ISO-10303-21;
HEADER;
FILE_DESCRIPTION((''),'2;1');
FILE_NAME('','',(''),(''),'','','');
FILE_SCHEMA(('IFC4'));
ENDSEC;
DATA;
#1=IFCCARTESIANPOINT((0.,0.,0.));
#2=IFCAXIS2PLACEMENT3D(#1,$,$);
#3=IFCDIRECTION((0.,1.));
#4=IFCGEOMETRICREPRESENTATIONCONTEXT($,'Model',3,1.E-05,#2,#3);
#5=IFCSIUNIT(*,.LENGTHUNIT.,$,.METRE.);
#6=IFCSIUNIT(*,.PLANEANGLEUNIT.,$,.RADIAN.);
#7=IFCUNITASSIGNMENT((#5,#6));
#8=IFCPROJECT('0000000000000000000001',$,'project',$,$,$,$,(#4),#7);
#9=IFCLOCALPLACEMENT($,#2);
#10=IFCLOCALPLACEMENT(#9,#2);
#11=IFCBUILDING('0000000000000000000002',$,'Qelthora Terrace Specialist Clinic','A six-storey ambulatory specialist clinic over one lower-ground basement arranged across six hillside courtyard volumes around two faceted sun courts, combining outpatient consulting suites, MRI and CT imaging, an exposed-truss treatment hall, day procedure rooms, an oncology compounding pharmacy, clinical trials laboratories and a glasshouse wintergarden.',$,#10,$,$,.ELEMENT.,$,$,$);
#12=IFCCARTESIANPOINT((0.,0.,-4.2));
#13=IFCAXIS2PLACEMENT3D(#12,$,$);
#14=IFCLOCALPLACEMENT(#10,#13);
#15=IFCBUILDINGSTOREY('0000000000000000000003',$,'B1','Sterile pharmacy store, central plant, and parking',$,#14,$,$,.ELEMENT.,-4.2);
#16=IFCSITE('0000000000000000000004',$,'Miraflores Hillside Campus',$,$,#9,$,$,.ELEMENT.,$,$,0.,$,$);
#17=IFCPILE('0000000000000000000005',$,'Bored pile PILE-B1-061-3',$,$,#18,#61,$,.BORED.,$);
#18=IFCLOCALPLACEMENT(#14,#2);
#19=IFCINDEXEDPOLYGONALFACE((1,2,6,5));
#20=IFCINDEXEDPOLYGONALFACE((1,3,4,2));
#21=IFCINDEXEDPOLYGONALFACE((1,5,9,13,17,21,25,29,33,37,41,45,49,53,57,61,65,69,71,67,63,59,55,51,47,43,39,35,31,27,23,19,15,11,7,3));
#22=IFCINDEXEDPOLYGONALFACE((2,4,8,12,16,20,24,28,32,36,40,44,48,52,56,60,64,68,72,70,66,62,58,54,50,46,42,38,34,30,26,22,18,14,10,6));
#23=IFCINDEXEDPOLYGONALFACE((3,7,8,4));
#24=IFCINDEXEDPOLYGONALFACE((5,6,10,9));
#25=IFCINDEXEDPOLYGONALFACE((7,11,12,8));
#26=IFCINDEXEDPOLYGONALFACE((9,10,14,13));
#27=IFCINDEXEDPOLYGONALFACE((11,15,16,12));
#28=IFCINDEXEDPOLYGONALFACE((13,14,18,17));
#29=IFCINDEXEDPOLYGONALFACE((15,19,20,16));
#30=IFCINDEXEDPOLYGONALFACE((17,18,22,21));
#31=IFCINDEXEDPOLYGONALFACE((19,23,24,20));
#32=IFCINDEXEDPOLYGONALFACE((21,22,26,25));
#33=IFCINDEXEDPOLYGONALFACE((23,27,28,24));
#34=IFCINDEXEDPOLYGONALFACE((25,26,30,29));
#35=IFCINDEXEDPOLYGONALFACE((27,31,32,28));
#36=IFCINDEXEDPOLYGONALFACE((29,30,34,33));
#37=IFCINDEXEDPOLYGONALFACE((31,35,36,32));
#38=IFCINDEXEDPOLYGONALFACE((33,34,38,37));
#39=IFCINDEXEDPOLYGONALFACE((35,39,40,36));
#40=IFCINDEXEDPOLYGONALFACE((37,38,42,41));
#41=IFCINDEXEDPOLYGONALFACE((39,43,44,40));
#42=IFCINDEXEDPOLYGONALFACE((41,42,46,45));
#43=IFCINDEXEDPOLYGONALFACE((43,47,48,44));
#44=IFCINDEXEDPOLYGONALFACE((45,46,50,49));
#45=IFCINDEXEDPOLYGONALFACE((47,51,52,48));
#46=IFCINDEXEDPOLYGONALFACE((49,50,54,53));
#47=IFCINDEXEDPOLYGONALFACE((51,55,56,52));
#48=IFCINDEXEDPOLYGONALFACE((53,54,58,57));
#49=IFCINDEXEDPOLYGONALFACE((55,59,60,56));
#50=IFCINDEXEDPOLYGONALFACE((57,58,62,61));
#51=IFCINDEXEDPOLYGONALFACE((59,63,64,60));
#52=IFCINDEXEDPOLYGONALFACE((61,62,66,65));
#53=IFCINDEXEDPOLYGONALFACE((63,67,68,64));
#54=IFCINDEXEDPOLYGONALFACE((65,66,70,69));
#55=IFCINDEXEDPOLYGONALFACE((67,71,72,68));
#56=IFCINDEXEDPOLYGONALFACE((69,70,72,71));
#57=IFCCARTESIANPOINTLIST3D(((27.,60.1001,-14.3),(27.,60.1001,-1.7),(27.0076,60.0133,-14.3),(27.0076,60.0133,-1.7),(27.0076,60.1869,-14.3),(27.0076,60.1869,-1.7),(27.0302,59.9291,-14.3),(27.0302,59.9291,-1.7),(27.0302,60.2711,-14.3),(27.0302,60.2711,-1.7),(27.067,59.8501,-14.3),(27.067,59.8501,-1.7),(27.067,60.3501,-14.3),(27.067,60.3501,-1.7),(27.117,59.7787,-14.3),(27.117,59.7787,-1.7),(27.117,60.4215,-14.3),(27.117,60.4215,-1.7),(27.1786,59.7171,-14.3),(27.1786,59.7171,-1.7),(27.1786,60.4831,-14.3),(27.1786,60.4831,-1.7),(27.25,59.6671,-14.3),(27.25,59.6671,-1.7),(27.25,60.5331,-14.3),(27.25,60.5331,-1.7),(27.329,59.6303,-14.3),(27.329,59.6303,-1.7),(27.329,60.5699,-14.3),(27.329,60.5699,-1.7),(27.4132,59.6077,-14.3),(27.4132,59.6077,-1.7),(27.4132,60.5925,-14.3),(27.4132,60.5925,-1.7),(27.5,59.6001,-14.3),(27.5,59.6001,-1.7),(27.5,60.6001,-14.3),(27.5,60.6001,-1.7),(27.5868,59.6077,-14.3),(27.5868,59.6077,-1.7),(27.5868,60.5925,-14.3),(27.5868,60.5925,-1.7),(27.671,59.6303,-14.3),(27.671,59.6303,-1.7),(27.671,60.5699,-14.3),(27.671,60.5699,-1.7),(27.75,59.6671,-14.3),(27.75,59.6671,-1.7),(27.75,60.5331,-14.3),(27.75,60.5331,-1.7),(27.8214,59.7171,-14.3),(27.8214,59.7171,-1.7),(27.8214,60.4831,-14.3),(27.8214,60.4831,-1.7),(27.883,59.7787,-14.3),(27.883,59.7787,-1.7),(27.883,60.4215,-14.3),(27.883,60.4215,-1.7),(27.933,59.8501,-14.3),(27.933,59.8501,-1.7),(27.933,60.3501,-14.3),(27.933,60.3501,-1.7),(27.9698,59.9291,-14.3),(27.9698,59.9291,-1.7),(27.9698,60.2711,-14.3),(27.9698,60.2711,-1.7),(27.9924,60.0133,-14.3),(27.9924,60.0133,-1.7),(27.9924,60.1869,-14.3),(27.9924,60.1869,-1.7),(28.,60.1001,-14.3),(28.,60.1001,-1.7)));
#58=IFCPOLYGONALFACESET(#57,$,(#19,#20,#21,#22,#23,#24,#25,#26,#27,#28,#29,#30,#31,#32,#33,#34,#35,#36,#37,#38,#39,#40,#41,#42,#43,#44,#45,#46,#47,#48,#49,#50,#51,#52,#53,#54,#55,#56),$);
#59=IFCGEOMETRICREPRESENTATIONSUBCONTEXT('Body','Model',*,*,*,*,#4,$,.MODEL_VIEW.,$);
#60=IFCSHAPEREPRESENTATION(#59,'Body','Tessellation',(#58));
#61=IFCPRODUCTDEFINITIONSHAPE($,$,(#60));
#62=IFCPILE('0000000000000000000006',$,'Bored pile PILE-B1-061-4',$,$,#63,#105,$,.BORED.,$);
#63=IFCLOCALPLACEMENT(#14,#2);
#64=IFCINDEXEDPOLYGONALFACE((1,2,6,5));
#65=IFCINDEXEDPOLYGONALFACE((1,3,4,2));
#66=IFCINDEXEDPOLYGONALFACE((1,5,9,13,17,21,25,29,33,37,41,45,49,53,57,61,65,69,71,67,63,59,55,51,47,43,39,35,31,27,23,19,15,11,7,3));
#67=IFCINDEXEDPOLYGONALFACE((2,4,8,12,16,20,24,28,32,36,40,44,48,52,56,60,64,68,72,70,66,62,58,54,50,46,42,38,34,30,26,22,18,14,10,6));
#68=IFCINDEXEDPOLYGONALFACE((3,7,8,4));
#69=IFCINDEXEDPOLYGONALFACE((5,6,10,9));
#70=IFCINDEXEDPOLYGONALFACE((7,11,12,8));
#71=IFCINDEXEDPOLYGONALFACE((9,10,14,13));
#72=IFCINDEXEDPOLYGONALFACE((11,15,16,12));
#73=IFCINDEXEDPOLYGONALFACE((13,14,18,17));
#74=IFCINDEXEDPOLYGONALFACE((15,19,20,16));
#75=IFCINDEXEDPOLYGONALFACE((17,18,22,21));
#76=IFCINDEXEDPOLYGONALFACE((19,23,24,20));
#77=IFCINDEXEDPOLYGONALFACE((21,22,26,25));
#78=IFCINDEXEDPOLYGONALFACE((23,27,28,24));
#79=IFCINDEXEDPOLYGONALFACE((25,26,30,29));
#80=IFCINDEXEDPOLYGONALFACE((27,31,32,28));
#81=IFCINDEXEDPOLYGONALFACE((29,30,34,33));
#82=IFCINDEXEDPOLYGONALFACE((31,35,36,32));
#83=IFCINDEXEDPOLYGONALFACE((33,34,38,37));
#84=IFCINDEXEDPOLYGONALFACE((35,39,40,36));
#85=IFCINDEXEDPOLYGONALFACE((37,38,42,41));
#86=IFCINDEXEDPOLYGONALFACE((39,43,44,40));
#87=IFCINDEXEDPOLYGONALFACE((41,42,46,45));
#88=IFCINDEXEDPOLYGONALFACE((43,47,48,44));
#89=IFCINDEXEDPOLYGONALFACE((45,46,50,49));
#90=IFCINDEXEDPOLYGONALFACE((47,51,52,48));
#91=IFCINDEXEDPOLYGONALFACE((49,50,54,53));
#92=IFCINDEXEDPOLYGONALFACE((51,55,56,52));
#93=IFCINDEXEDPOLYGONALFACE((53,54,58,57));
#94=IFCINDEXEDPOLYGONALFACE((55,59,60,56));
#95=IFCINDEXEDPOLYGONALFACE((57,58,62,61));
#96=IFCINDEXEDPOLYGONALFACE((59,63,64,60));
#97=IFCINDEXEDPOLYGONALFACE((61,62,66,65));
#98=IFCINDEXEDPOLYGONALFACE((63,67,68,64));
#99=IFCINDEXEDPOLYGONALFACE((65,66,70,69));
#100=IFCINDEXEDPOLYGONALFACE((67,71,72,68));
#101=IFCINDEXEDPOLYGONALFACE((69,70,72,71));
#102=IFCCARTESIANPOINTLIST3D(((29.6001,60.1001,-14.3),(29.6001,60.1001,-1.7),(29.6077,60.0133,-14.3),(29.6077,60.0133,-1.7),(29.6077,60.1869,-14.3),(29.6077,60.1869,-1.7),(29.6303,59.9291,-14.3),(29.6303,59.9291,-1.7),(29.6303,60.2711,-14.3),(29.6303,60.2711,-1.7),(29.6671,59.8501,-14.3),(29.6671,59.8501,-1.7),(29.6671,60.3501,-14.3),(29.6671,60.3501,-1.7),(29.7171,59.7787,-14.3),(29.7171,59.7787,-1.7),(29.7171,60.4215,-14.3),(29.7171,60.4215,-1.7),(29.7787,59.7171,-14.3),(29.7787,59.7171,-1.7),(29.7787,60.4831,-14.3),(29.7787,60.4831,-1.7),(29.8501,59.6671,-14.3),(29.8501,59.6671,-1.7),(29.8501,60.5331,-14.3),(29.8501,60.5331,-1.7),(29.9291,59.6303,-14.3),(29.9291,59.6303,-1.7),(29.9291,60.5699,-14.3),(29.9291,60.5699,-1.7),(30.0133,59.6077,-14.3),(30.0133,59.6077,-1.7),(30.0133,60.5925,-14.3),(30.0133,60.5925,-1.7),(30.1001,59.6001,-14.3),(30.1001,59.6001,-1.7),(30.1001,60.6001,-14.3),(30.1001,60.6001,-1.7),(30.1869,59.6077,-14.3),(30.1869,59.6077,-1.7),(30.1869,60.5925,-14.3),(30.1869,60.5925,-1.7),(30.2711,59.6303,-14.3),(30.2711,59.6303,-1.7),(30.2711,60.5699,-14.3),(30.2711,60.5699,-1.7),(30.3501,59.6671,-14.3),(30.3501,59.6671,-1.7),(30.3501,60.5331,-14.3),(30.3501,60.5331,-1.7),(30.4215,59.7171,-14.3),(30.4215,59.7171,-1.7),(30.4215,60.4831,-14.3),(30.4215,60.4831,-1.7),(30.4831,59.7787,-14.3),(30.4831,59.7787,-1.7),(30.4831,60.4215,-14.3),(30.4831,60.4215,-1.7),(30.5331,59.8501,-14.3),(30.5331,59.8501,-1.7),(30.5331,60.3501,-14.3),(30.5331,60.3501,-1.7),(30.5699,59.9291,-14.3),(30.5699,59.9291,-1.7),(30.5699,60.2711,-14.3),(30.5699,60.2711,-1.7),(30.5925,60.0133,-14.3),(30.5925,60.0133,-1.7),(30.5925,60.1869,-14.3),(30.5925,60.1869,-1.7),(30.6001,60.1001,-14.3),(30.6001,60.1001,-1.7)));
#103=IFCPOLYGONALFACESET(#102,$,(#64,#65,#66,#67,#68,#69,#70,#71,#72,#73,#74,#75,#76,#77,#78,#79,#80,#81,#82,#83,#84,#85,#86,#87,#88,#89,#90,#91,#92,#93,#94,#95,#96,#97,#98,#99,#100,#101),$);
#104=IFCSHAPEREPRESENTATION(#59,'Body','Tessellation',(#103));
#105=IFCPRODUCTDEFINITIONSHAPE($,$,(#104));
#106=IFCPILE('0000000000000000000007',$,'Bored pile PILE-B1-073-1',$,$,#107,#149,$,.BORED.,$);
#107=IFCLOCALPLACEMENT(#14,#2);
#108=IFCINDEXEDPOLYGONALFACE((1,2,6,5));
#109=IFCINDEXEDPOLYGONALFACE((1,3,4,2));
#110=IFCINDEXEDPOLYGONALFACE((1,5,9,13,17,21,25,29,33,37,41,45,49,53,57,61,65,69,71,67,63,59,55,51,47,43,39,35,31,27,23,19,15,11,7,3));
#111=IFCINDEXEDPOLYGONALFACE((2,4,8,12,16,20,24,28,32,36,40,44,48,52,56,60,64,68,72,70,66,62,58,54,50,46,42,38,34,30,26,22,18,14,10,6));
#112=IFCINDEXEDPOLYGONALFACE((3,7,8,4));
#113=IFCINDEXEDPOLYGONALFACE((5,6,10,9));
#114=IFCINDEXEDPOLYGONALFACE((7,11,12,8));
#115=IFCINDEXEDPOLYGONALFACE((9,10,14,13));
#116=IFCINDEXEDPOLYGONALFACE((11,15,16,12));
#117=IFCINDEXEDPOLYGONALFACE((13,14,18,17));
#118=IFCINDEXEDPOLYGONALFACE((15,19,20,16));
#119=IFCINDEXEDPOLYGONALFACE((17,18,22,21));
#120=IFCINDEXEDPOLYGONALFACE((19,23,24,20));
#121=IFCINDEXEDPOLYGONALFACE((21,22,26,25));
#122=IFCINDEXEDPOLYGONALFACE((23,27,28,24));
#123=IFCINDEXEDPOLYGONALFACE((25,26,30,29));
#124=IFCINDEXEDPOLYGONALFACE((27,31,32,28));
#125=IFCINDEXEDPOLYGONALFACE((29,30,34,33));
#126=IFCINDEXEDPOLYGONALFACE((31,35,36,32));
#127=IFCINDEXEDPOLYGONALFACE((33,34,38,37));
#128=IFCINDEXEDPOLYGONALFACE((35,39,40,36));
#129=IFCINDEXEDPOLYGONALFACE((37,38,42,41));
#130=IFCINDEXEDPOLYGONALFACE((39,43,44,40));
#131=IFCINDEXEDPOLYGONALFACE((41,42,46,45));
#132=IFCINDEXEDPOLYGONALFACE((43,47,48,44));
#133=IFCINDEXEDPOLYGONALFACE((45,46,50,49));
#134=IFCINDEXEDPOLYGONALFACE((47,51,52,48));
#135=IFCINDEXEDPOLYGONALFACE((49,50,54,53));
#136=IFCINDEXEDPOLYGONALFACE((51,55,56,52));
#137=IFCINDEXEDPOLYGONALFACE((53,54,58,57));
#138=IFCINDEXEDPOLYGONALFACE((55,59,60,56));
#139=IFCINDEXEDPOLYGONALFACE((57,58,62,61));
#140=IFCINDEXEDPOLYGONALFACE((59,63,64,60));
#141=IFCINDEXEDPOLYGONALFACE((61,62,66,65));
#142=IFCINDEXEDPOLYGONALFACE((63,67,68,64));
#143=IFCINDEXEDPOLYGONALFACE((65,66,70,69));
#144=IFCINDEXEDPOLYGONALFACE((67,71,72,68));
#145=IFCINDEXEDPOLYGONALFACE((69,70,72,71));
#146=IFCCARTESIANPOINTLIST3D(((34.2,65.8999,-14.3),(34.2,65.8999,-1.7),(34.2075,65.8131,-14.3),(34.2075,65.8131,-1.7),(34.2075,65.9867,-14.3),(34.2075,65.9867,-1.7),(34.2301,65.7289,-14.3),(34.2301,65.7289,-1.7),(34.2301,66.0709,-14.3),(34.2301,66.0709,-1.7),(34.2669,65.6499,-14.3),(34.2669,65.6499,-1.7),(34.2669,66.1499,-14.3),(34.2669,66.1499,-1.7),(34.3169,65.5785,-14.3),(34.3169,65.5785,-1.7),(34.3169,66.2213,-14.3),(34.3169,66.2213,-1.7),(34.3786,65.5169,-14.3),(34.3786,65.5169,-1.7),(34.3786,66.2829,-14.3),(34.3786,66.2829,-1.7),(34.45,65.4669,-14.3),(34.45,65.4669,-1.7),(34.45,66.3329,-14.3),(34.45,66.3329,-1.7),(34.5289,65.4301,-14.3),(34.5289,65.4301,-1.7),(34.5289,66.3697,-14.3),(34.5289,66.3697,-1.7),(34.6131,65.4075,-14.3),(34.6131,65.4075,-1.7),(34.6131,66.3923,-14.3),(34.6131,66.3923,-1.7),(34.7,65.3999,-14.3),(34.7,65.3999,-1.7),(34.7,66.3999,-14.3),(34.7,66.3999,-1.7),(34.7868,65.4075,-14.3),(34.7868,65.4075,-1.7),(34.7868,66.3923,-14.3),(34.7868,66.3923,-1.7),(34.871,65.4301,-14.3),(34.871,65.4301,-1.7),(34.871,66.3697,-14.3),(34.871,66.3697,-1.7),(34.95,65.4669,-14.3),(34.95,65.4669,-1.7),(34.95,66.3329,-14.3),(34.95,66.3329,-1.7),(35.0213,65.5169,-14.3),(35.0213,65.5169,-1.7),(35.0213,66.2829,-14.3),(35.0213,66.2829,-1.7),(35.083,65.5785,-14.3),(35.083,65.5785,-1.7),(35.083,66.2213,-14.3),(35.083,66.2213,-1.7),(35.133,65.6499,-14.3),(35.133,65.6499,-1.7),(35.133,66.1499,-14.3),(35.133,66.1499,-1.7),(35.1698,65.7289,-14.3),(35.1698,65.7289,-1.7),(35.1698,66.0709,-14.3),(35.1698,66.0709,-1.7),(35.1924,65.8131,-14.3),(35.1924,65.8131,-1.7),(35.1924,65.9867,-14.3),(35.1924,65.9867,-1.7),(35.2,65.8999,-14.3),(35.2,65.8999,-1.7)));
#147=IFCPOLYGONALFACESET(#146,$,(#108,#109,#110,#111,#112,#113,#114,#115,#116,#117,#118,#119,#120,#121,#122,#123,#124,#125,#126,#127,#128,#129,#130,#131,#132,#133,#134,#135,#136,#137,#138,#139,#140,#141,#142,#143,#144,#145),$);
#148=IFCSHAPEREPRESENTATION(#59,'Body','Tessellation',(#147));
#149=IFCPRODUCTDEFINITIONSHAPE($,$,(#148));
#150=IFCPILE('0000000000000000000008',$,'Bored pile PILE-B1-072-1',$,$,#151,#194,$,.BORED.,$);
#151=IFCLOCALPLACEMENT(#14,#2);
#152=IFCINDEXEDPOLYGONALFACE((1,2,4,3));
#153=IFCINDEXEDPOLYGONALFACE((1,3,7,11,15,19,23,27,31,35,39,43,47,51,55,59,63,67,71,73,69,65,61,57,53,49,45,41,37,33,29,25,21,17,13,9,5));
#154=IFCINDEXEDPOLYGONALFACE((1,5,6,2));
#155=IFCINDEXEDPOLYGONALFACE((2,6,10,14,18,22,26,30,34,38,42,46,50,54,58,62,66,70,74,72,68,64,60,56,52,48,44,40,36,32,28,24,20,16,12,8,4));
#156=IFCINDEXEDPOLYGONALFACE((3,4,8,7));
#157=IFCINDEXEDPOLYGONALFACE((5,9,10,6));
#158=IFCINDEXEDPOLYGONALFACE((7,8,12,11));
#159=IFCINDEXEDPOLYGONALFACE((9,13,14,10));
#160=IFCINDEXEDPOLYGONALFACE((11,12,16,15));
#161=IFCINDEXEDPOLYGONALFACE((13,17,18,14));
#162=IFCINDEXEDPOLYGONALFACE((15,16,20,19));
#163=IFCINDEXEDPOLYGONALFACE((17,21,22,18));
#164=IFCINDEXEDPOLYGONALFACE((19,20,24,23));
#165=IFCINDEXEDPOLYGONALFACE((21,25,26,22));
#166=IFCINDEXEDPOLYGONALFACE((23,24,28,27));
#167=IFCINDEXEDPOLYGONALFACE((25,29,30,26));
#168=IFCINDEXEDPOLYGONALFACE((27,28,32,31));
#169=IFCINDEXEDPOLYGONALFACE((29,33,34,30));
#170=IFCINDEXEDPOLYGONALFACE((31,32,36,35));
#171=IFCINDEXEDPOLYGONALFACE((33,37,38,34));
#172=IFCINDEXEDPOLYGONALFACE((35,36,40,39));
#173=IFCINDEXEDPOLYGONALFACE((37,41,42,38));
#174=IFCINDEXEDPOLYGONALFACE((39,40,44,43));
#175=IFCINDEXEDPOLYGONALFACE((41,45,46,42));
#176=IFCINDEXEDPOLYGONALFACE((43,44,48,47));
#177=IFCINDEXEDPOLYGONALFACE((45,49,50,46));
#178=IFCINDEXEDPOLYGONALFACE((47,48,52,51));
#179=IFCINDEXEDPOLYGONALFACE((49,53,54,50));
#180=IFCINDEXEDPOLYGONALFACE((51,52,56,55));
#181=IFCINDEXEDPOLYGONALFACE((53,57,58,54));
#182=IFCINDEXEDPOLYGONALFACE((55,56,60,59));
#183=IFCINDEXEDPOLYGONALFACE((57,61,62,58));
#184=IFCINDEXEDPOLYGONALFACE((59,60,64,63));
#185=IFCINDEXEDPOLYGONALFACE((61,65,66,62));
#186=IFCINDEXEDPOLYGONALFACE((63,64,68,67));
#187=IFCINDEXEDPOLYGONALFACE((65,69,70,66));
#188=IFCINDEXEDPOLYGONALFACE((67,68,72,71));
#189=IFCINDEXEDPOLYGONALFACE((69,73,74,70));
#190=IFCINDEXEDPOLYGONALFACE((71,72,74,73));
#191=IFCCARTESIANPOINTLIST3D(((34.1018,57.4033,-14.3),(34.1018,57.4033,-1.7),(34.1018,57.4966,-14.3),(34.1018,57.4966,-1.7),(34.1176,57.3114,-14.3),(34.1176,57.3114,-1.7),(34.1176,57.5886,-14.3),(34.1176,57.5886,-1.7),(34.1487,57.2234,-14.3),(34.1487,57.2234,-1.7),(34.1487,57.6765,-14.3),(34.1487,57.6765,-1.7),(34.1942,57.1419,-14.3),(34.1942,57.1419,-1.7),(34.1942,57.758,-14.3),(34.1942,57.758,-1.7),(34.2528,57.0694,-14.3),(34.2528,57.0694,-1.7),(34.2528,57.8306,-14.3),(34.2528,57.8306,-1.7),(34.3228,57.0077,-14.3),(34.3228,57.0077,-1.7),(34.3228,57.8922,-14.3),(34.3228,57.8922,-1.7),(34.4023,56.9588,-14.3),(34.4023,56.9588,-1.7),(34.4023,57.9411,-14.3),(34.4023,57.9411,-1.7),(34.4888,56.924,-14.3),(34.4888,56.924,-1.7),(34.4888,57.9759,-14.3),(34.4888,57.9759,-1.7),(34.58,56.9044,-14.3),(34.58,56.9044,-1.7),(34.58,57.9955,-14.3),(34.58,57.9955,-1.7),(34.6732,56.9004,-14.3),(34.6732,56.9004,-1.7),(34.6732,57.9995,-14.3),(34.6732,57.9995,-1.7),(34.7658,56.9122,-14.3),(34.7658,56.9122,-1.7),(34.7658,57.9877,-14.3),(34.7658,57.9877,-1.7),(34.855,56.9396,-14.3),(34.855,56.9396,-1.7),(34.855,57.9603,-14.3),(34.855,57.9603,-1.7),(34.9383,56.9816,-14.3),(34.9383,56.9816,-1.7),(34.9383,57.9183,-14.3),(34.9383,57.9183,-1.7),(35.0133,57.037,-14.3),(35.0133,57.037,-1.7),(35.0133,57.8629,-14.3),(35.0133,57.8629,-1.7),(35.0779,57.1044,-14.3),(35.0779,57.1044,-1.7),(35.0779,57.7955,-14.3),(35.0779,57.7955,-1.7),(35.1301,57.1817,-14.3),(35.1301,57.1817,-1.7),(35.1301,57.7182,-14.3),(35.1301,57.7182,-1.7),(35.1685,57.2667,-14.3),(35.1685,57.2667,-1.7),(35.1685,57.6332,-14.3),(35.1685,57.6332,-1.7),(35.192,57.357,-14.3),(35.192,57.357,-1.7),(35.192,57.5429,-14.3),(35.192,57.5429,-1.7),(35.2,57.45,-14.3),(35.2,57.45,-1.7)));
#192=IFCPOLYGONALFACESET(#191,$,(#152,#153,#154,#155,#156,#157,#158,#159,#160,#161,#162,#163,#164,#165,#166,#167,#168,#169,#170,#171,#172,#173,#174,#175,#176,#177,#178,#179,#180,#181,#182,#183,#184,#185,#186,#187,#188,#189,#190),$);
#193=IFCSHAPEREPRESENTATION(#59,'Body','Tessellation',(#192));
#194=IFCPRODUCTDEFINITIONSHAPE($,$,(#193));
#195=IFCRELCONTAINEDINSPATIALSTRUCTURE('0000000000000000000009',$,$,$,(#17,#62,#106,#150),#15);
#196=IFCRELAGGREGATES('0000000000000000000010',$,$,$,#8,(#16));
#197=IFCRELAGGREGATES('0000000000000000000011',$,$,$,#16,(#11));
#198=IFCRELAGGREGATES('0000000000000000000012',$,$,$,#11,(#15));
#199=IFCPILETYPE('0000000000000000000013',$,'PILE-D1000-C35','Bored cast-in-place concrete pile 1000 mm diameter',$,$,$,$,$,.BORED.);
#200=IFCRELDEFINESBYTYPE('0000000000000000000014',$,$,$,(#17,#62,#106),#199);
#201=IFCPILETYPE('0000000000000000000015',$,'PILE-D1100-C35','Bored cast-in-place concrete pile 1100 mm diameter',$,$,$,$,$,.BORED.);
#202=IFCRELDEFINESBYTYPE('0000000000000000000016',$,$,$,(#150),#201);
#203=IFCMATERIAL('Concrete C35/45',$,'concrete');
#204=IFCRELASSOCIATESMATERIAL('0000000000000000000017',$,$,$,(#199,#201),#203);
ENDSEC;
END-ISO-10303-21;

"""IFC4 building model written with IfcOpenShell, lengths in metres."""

from ifc_helpers import new_model, si_unit, direction, frame, origin, origin_2d, place, context, subcontext, project, spatial, circle, extrude, material, material_profile, profile_set, type_object, element, save


model = new_model("IFC4")

# Units and contexts
model_context = context("Model", 3, precision=1e-05, world=origin(), true_north=direction((0.0, 1.0)))
body_context = subcontext(model_context, "Body", "Model", "MODEL_VIEW")
ifc_project = project(units=[si_unit("LENGTHUNIT", "METRE"), si_unit("PLANEANGLEUNIT", "RADIAN")], contexts=[model_context])

# Site, building, storey
site_placement = place(None, origin())
site = spatial("IfcSite", under=ifc_project, at=site_placement, Name="Miraflores Hillside Campus", CompositionType="ELEMENT", RefElevation=0.0)
building_placement = place(site_placement, origin())
building = spatial("IfcBuilding", under=site, at=building_placement, Name="Qelthora Terrace Specialist Clinic", Description="A six-storey ambulatory specialist clinic over one lower-ground basement arranged across six hillside courtyard volumes around two faceted sun courts, combining outpatient consulting suites, MRI and CT imaging, an exposed-truss treatment hall, day procedure rooms, an oncology compounding pharmacy, clinical trials laboratories and a glasshouse wintergarden.", CompositionType="ELEMENT")
storey_placement = place(building_placement, frame((0.0, 0.0, -4.2)))
storey = spatial("IfcBuildingStorey", under=building, at=storey_placement, Name="B1", Description="Sterile pharmacy store, central plant, and parking", CompositionType="ELEMENT", Elevation=-4.2)

# Shared definitions
ifc_material_1 = material(Name="Concrete C35/45", Category="concrete")

# Piles
ifc_material_profile_1 = material_profile(ifc_material_1, circle(Radius=0.5, at=origin_2d()), Name="PILE1000")
ifc_profile_set_1 = profile_set([ifc_material_profile_1], Name="Concrete C35/45")
pile_type_1 = type_object("IfcPileType", Name="PILE-D1000-C35", Description="Bored cast-in-place concrete pile 1000 mm diameter", PredefinedType="BORED", material=ifc_profile_set_1)
for number, where, z_axis, x_axis, name in (
    (1, (27.5, 60.1001, -1.7), (0.0, 0.0, -1.0), (1.0, 0.0, 0.0), "Bored pile PILE-B1-061-3"),
    (2, (30.1001, 60.1001, -1.7), (0.0, 0.0, -1.0), (1.0, 0.0, 0.0), "Bored pile PILE-B1-061-4"),
    (3, (34.7, 65.8999, -1.7), (0.0, 0.0, -1.0), (1.0, 0.0, 0.0), "Bored pile PILE-B1-073-1"),
):
    element("IfcPile", number, at=place(storey_placement, frame(where, z_axis=z_axis, x_axis=x_axis)), inside=storey, type_object=pile_type_1, Name=name, PredefinedType="BORED", context=body_context, shape_type="SweptSolid", body=[
        extrude(circle(Radius=0.5, at=origin_2d()), origin(), (0.0, 0.0, 1.0), 12.6001),
    ])
ifc_material_profile_2 = material_profile(ifc_material_1, circle(Radius=0.55, at=origin_2d()), Name="PILE1100")
ifc_profile_set_2 = profile_set([ifc_material_profile_2], Name="Concrete C35/45")
pile_type_2 = type_object("IfcPileType", Name="PILE-D1100-C35", Description="Bored cast-in-place concrete pile 1100 mm diameter", PredefinedType="BORED", material=ifc_profile_set_2)
for number, where, z_axis, x_axis, name in (
    (4, (34.6499, 57.45, -1.7), (0.0, 0.0, -1.0), (1.0, 0.0, 0.0), "Bored pile PILE-B1-072-1"),
):
    element("IfcPile", number, at=place(storey_placement, frame(where, z_axis=z_axis, x_axis=x_axis)), inside=storey, type_object=pile_type_2, Name=name, PredefinedType="BORED", context=body_context, shape_type="SweptSolid", body=[
        extrude(circle(Radius=0.55, at=origin_2d()), origin(), (0.0, 0.0, 1.0), 12.6001),
    ])

save(model, "model.ifc")
